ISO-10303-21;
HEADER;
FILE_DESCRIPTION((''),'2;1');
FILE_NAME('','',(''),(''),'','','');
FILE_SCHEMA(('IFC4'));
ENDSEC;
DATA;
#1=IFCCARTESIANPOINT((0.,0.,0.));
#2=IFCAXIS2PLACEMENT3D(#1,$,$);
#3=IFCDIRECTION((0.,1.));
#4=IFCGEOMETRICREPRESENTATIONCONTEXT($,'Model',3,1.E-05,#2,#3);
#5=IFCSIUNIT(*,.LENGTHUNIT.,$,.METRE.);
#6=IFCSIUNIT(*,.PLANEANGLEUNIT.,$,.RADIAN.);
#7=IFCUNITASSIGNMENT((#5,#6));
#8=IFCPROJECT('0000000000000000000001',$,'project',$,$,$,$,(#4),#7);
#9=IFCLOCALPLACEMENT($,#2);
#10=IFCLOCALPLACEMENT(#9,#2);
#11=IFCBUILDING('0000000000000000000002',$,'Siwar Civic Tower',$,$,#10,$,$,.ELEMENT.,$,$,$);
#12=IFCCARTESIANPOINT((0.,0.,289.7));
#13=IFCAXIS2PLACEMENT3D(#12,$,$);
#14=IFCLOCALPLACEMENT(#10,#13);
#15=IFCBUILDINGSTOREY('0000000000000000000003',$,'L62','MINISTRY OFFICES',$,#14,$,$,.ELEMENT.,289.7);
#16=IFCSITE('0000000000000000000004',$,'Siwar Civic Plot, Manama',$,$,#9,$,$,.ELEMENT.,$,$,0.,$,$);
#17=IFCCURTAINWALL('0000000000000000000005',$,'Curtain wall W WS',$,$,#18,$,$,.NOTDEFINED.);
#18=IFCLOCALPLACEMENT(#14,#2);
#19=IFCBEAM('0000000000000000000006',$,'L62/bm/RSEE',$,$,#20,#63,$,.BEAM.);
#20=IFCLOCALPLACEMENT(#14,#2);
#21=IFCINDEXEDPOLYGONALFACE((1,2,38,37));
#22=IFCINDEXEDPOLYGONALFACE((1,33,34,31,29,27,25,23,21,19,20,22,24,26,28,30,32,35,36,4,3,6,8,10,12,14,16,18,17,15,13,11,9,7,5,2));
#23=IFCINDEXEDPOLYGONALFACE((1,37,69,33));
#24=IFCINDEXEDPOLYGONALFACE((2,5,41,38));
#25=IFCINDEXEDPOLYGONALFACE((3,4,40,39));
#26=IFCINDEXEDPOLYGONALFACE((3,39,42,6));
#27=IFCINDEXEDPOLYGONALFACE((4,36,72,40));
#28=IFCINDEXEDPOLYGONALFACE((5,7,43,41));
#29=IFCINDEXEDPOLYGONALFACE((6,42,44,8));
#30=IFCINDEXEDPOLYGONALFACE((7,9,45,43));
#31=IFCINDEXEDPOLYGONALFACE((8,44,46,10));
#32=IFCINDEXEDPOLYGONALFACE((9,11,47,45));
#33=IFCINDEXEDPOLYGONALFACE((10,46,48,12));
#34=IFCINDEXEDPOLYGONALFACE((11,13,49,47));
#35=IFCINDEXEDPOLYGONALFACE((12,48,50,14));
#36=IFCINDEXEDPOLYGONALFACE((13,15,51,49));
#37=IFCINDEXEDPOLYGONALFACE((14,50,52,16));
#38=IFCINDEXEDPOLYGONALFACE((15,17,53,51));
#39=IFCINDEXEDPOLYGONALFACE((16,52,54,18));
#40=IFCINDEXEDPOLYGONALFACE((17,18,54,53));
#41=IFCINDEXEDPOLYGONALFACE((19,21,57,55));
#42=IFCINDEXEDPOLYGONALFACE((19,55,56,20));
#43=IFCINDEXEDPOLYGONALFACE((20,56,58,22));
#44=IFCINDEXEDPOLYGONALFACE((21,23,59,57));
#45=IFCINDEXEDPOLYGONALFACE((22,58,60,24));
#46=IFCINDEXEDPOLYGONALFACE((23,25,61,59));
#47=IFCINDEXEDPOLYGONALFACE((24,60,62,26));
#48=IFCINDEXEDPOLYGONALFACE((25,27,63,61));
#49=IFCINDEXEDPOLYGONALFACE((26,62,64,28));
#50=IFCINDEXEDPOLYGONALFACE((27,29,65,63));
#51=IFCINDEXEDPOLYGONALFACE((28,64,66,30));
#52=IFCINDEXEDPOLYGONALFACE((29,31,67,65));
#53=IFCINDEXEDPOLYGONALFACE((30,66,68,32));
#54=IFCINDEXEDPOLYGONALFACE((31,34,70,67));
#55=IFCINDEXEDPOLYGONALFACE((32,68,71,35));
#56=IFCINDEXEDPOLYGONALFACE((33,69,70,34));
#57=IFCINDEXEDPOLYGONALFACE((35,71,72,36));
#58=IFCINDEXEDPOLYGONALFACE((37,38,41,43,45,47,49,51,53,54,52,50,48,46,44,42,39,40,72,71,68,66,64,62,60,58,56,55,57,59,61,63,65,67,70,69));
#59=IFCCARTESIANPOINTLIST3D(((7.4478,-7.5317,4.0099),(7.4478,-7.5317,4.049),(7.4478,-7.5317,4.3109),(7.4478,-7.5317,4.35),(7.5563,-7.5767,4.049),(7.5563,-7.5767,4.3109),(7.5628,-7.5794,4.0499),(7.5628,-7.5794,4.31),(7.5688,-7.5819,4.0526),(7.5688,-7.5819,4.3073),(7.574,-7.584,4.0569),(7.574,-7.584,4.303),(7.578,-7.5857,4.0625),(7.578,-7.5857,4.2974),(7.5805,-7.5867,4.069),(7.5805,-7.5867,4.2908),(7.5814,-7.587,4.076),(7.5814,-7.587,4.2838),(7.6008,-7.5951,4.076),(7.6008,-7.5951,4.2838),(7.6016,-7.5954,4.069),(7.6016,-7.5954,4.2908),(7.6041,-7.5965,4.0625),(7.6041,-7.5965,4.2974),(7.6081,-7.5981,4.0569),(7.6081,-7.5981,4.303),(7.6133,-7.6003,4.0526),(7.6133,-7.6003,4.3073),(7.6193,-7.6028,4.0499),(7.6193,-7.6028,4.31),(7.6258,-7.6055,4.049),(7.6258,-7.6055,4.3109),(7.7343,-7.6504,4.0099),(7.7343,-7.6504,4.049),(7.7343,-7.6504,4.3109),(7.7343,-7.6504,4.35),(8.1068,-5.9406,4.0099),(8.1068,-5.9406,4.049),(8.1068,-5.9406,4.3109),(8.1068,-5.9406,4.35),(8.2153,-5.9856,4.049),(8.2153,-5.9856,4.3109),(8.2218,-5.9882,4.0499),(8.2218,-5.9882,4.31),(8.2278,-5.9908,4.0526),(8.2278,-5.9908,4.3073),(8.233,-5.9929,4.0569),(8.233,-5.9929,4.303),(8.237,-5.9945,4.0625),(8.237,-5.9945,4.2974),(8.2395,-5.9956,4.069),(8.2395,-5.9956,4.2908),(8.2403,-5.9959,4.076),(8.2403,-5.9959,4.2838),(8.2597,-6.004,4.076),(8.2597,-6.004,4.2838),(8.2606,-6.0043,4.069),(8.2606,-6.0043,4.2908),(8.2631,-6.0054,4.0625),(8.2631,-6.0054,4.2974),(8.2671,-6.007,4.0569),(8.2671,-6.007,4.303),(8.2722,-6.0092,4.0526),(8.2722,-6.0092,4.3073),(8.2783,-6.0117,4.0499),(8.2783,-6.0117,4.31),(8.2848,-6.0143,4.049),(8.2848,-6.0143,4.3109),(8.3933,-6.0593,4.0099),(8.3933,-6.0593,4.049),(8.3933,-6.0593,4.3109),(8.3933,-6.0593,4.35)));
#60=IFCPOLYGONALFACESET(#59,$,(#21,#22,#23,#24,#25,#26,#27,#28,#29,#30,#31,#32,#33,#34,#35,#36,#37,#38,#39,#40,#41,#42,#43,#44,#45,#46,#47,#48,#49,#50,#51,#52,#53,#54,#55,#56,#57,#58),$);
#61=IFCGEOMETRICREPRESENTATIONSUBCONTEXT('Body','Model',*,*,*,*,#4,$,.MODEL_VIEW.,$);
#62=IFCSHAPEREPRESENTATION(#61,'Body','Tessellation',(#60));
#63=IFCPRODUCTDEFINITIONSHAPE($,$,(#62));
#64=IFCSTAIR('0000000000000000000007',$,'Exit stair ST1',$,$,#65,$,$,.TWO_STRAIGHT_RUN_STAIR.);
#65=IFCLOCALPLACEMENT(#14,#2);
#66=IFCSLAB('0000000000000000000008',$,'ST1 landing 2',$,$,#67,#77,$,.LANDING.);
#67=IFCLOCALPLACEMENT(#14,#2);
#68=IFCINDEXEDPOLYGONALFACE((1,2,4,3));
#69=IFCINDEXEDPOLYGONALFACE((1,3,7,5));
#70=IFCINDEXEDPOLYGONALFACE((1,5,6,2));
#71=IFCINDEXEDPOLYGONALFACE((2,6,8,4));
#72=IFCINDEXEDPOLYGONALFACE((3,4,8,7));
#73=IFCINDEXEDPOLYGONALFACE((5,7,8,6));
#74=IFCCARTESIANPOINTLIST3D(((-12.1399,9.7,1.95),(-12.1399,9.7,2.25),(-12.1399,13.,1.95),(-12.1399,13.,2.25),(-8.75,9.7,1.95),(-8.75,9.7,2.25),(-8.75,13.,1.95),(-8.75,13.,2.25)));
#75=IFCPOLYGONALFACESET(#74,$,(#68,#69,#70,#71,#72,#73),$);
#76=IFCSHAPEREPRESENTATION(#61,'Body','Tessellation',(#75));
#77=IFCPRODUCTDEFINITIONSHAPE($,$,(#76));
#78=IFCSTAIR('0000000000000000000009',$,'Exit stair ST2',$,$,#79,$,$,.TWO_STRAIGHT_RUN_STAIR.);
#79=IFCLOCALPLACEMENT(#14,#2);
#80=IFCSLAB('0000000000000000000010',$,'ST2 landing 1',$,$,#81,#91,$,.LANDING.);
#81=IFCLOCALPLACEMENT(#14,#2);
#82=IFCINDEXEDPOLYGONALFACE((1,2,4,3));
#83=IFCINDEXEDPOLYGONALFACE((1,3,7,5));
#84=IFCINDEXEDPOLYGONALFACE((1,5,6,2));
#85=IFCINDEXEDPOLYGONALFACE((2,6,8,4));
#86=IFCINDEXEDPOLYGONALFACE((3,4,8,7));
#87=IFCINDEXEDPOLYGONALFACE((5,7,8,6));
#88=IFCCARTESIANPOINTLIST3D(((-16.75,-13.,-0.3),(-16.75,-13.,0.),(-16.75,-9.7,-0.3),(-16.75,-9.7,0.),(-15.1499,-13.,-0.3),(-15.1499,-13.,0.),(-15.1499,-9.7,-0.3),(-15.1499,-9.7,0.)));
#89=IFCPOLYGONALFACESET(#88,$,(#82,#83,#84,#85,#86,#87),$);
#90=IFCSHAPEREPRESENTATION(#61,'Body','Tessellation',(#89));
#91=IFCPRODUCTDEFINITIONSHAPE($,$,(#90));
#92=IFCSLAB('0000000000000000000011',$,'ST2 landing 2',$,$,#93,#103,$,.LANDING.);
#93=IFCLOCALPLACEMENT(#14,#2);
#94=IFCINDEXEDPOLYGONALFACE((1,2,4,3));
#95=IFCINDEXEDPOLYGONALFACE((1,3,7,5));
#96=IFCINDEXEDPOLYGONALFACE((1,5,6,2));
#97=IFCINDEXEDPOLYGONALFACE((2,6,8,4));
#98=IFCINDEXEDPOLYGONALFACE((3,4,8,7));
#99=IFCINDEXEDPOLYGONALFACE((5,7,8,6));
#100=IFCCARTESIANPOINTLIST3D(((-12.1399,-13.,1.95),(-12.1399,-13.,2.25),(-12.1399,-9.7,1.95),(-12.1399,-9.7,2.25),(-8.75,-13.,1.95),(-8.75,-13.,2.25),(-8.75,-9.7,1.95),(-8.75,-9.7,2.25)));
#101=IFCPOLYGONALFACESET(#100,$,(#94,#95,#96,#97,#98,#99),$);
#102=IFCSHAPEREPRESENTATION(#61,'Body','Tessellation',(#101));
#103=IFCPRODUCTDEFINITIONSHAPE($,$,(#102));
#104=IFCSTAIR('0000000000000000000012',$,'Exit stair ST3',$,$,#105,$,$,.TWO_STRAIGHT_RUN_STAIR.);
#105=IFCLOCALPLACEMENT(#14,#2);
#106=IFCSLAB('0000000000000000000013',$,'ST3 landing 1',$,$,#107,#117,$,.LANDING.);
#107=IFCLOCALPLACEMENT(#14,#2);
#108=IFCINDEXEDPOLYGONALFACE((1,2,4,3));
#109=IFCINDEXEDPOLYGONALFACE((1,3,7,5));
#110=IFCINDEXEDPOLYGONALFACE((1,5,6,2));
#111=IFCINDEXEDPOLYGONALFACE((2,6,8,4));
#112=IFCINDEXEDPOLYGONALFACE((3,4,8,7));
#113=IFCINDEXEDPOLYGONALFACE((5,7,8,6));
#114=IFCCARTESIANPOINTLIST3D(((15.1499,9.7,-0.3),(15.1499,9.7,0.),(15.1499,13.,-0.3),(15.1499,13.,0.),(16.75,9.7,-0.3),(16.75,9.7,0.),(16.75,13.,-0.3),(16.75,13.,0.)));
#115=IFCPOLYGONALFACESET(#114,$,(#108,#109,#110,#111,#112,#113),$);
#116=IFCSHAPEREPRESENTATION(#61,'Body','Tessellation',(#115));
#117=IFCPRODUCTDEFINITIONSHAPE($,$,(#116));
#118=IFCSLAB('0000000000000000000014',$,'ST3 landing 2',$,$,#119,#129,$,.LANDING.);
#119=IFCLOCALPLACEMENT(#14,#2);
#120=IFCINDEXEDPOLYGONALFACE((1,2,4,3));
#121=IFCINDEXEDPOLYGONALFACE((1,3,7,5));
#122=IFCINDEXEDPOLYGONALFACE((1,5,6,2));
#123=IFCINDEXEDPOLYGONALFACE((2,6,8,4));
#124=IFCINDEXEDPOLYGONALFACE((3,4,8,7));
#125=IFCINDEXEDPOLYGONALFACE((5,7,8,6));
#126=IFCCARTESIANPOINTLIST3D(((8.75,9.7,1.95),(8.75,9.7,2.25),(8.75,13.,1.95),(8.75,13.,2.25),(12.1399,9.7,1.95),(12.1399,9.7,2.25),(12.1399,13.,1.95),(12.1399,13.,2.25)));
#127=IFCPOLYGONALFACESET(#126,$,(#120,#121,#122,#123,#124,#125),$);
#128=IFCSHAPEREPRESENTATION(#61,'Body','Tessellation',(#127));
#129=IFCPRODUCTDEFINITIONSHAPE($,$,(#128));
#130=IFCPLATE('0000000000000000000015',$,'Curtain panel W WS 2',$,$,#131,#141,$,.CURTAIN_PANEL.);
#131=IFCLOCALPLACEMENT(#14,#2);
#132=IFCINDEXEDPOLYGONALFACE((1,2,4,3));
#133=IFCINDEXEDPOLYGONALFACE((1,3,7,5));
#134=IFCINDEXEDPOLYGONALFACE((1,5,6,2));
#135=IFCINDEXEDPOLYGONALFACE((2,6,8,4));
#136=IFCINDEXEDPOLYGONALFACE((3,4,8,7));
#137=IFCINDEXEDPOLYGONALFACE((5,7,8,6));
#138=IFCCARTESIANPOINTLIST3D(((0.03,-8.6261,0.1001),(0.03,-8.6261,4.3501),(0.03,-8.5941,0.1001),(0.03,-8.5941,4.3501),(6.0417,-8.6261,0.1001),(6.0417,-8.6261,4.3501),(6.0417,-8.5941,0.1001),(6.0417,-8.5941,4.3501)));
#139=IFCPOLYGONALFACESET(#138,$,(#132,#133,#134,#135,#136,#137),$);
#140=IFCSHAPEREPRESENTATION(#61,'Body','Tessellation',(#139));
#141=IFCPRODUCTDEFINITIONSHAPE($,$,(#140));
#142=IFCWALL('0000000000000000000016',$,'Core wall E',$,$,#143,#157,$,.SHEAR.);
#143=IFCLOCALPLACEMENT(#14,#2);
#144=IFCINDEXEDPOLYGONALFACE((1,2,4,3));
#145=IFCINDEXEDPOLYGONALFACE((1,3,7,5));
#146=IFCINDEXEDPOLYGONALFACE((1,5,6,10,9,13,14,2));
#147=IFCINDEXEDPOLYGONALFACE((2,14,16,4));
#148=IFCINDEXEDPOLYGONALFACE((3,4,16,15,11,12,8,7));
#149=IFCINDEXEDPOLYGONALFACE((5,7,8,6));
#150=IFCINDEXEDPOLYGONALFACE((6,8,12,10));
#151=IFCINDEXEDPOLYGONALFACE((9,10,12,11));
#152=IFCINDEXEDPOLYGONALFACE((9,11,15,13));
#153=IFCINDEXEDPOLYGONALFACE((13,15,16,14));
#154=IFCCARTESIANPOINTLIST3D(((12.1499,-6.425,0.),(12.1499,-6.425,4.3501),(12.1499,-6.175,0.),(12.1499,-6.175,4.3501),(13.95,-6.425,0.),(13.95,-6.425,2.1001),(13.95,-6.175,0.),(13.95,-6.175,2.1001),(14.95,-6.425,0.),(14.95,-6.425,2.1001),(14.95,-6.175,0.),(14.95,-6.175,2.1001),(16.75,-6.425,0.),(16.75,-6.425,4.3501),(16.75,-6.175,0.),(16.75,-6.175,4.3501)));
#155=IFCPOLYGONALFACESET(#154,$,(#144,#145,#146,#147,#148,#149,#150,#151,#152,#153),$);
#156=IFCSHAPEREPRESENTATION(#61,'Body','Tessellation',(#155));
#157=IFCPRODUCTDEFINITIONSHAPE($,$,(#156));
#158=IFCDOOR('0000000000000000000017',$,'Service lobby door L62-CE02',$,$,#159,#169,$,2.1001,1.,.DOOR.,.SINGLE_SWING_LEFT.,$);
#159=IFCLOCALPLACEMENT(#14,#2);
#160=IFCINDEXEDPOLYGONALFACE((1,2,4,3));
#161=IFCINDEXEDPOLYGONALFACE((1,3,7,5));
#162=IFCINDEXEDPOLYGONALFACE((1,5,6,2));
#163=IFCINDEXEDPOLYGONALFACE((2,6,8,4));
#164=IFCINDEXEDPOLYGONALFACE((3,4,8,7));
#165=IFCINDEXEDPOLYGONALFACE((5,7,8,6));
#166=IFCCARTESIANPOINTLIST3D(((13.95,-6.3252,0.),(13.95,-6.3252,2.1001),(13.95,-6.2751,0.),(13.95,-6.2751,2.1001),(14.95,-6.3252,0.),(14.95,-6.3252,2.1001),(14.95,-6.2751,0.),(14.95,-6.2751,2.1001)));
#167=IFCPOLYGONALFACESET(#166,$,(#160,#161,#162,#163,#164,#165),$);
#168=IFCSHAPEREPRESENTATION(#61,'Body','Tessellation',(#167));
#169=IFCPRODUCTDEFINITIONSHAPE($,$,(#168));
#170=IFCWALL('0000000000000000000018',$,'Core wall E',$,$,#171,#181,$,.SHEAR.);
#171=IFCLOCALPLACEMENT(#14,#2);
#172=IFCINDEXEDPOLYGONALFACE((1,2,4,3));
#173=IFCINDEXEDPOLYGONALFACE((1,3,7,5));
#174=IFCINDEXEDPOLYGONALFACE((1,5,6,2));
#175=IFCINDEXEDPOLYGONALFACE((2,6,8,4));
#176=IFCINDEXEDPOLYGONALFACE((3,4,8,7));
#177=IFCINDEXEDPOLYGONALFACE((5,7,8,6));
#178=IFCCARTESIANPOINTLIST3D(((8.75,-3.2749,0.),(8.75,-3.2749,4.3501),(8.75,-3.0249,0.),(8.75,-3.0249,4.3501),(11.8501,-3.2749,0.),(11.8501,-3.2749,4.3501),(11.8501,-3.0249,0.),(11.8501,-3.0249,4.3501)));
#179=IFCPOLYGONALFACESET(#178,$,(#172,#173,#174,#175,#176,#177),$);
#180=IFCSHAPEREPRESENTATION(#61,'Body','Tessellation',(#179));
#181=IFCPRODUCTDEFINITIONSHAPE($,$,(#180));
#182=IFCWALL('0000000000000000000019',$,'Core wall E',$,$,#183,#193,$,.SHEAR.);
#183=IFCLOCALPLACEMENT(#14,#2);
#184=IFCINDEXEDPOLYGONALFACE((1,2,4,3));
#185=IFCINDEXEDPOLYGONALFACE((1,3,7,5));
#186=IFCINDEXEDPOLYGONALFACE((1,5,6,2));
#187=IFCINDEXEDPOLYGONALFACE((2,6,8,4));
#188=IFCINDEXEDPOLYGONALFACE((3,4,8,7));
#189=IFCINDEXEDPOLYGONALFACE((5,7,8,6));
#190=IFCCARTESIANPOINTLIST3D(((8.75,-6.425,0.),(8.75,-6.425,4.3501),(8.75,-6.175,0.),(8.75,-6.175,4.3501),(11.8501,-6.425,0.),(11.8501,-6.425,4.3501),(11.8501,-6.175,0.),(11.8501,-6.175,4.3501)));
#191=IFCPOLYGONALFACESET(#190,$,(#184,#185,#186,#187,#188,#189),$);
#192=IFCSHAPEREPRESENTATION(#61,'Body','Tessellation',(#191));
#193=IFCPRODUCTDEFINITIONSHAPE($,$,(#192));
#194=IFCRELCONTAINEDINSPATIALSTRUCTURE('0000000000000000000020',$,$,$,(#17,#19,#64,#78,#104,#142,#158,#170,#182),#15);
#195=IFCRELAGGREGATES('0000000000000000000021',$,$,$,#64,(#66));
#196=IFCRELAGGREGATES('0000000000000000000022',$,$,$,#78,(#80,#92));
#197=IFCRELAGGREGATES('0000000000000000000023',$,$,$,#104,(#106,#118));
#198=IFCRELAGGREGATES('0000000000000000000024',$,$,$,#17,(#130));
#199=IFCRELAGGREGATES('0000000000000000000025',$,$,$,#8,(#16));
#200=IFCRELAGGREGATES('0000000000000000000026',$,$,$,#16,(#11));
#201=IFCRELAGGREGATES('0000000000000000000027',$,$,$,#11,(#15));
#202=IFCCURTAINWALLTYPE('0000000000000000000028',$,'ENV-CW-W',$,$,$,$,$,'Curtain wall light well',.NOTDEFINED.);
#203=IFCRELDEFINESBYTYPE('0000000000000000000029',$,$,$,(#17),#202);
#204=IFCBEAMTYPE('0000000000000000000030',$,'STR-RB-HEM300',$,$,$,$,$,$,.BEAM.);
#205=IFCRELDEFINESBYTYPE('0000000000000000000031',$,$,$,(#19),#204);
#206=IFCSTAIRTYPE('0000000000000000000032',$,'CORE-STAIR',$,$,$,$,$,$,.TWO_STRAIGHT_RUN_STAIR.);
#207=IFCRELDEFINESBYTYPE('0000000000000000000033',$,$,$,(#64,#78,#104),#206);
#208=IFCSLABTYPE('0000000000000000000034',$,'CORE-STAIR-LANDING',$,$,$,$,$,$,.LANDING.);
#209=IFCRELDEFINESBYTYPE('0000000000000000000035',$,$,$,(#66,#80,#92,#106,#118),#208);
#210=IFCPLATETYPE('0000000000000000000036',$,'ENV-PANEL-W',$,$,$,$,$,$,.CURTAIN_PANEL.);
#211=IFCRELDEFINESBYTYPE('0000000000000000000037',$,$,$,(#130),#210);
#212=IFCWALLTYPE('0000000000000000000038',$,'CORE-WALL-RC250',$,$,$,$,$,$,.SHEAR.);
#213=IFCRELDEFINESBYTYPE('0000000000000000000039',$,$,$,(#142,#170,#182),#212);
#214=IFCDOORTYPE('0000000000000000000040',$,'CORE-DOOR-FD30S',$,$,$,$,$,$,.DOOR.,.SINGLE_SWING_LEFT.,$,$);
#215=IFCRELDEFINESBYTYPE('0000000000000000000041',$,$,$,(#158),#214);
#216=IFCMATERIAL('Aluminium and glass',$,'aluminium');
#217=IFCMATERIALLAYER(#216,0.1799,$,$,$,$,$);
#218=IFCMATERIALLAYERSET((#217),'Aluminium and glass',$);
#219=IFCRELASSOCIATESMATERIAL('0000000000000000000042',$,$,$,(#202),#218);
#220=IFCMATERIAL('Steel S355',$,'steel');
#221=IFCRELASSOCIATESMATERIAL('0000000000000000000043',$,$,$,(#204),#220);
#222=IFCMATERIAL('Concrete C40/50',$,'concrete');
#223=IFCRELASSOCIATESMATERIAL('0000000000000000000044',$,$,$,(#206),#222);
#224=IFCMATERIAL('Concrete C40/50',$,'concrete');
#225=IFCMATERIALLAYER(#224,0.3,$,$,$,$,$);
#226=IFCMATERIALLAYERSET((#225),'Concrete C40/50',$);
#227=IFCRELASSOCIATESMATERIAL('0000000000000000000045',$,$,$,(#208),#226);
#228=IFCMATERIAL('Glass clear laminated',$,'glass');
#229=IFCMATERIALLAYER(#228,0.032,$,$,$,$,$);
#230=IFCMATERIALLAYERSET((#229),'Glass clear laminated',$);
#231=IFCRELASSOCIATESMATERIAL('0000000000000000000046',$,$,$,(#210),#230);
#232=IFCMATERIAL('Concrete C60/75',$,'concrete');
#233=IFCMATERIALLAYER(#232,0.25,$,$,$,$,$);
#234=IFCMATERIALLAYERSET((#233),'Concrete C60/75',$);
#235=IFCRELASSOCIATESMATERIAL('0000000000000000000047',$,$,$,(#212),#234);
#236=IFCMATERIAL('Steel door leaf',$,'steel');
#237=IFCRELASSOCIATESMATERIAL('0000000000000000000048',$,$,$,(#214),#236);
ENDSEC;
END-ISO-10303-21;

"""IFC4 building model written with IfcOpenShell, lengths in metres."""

from ifc_helpers import new_model, si_unit, direction, frame, frame_2d, origin, origin_2d, place, context, subcontext, project, spatial, polyline, rectangle, i_section, outline, extrude, material, layer, layer_set, material_profile, profile_set, type_object, element, fill, aggregate, save


model = new_model("IFC4")

# Units and contexts
model_context = context("Model", 3, precision=1e-05, world=origin(), true_north=direction((0.0, 1.0)))
body_context = subcontext(model_context, "Body", "Model", "MODEL_VIEW")
ifc_project = project(units=[si_unit("LENGTHUNIT", "METRE"), si_unit("PLANEANGLEUNIT", "RADIAN")], contexts=[model_context])

# Site, building, storey
site_placement = place(None, origin())
site = spatial("IfcSite", under=ifc_project, at=site_placement, Name="Siwar Civic Plot, Manama", CompositionType="ELEMENT", RefElevation=0.0)
building_placement = place(site_placement, origin())
building = spatial("IfcBuilding", under=site, at=building_placement, Name="Siwar Civic Tower", CompositionType="ELEMENT")
storey_placement = place(building_placement, frame((0.0, 0.0, 289.7)))
storey = spatial("IfcBuildingStorey", under=building, at=storey_placement, Name="L62", Description="MINISTRY OFFICES", CompositionType="ELEMENT", Elevation=289.7)

# Curtain wall
ifc_material_1 = material(Name="Aluminium and glass", Category="aluminium")
ifc_layer_1 = layer(ifc_material_1, 0.1799)
ifc_layer_set_1 = layer_set([ifc_layer_1], Name="Aluminium and glass")
curtain_wall_type = type_object("IfcCurtainWallType", Name="ENV-CW-W", ElementType="Curtain wall light well", PredefinedType="NOTDEFINED", material=ifc_layer_set_1)
curtain_wall_placement = place(storey_placement, origin())
curtain_wall = element("IfcCurtainWall", 1, at=curtain_wall_placement, inside=storey, type_object=curtain_wall_type, Name="Curtain wall W WS", PredefinedType="NOTDEFINED")

# Beam
ifc_material_2 = material(Name="Steel S355", Category="steel")
ifc_material_profile_1 = material_profile(ifc_material_2, i_section(OverallWidth=0.3101, OverallDepth=0.3401, WebThickness=0.021, FlangeThickness=0.0391, FilletRadius=0.0271, at=origin_2d()), Name="HEM300")
ifc_profile_set_1 = profile_set([ifc_material_profile_1], Name="Steel S355")
beam_type_1 = type_object("IfcBeamType", Name="STR-RB-HEM300", PredefinedType="BEAM", material=ifc_profile_set_1)
for number, where, z_axis, x_axis, name in (
    (2, (7.5911, -7.5911, 4.1799), (0.382631, 0.923901, 0.0), (-0.923901, 0.382631, 0.0), "L62/bm/RSEE"),
):
    element("IfcBeam", number, at=place(storey_placement, frame(where, z_axis=z_axis, x_axis=x_axis)), inside=storey, type_object=beam_type_1, Name=name, PredefinedType="BEAM", context=body_context, shape_type="SweptSolid", body=[
        extrude(i_section(OverallWidth=0.3101, OverallDepth=0.3401, WebThickness=0.021, FlangeThickness=0.0391, FilletRadius=0.0271, at=origin_2d()), origin(), (0.0, 0.0, 1.0), 1.7222),
    ])

# Stair, slab
ifc_material_3 = material(Name="Concrete C40/50", Category="concrete")
stair_type = type_object("IfcStairType", Name="CORE-STAIR", PredefinedType="TWO_STRAIGHT_RUN_STAIR", material=ifc_material_3)
stair_1_placement = place(storey_placement, origin())
stair_1 = element("IfcStair", 3, at=stair_1_placement, inside=storey, type_object=stair_type, Name="Exit stair ST1", PredefinedType="TWO_STRAIGHT_RUN_STAIR")
ifc_material_4 = material(Name="Concrete C40/50", Category="concrete")
ifc_layer_2 = layer(ifc_material_4, 0.3)
ifc_layer_set_2 = layer_set([ifc_layer_2], Name="Concrete C40/50")
slab_type = type_object("IfcSlabType", Name="CORE-STAIR-LANDING", PredefinedType="LANDING", material=ifc_layer_set_2)
slab_1_placement = place(storey_placement, frame((0.0, 0.0, 1.95)))
slab_1 = element("IfcSlab", 4, at=slab_1_placement, type_object=slab_type, Name="ST1 landing 2", PredefinedType="LANDING", context=body_context, shape_type="SweptSolid", body=[
    extrude(outline(polyline([(-8.75, 13.0), (-12.1399, 13.0), (-12.1399, 9.7), (-8.75, 9.7), (-8.75, 13.0)])), origin(), (0.0, 0.0, 1.0), 0.3),
])
aggregate(stair_1, [slab_1])

# Stairs, slabs
stair_2_placement = place(storey_placement, origin())
stair_2 = element("IfcStair", 5, at=stair_2_placement, inside=storey, type_object=stair_type, Name="Exit stair ST2", PredefinedType="TWO_STRAIGHT_RUN_STAIR")
slab_2_placement = place(storey_placement, frame((0.0, 0.0, -0.3)))
slab_2 = element("IfcSlab", 6, at=slab_2_placement, type_object=slab_type, Name="ST2 landing 1", PredefinedType="LANDING", context=body_context, shape_type="SweptSolid", body=[
    extrude(outline(polyline([(-15.1499, -9.7), (-16.75, -9.7), (-16.75, -13.0), (-15.1499, -13.0), (-15.1499, -9.7)])), origin(), (0.0, 0.0, 1.0), 0.3),
])
slab_3_placement = place(storey_placement, frame((0.0, 0.0, 1.95)))
slab_3 = element("IfcSlab", 7, at=slab_3_placement, type_object=slab_type, Name="ST2 landing 2", PredefinedType="LANDING", context=body_context, shape_type="SweptSolid", body=[
    extrude(outline(polyline([(-8.75, -9.7), (-12.1399, -9.7), (-12.1399, -13.0), (-8.75, -13.0), (-8.75, -9.7)])), origin(), (0.0, 0.0, 1.0), 0.3),
])
aggregate(stair_2, [slab_2, slab_3])
stair_3_placement = place(storey_placement, origin())
stair_3 = element("IfcStair", 8, at=stair_3_placement, inside=storey, type_object=stair_type, Name="Exit stair ST3", PredefinedType="TWO_STRAIGHT_RUN_STAIR")
slab_4_placement = place(storey_placement, frame((0.0, 0.0, -0.3)))
slab_4 = element("IfcSlab", 9, at=slab_4_placement, type_object=slab_type, Name="ST3 landing 1", PredefinedType="LANDING", context=body_context, shape_type="SweptSolid", body=[
    extrude(outline(polyline([(15.1499, 9.7), (16.75, 9.7), (16.75, 13.0), (15.1499, 13.0), (15.1499, 9.7)])), origin(), (0.0, 0.0, 1.0), 0.3),
])
slab_5_placement = place(storey_placement, frame((0.0, 0.0, 1.95)))
slab_5 = element("IfcSlab", 10, at=slab_5_placement, type_object=slab_type, Name="ST3 landing 2", PredefinedType="LANDING", context=body_context, shape_type="SweptSolid", body=[
    extrude(outline(polyline([(8.75, 9.7), (12.1399, 9.7), (12.1399, 13.0), (8.75, 13.0), (8.75, 9.7)])), origin(), (0.0, 0.0, 1.0), 0.3),
])
aggregate(stair_3, [slab_4, slab_5])

# Plate
ifc_material_5 = material(Name="Glass clear laminated", Category="glass")
ifc_layer_3 = layer(ifc_material_5, 0.032)
ifc_layer_set_3 = layer_set([ifc_layer_3], Name="Glass clear laminated")
plate_type = type_object("IfcPlateType", Name="ENV-PANEL-W", PredefinedType="CURTAIN_PANEL", material=ifc_layer_set_3)
plate_placement = place(storey_placement, frame((3.0359, -8.6101, 0.1001), z_axis=(0.0, 0.0, 1.0), x_axis=(1.0, 0.0, 0.0)))
plate = element("IfcPlate", 11, at=plate_placement, type_object=plate_type, Name="Curtain panel W WS 2", PredefinedType="CURTAIN_PANEL", context=body_context, shape_type="SweptSolid", body=[
    extrude(rectangle(XDim=6.0117, YDim=0.032, at=origin_2d()), origin(), (0.0, 0.0, 1.0), 4.25),
])
aggregate(curtain_wall, [plate])

# Wall, opening, door
ifc_material_6 = material(Name="Concrete C60/75", Category="concrete")
ifc_layer_4 = layer(ifc_material_6, 0.25)
ifc_layer_set_4 = layer_set([ifc_layer_4], Name="Concrete C60/75")
wall_type_1 = type_object("IfcWallType", Name="CORE-WALL-RC250", PredefinedType="SHEAR", material=ifc_layer_set_4)
wall_1_placement = place(storey_placement, frame((12.1499, -6.3, 0.0), z_axis=(0.0, 0.0, 1.0), x_axis=(1.0, 0.0, 0.0)))
wall_1 = element("IfcWall", 12, at=wall_1_placement, inside=storey, type_object=wall_type_1, Name="Core wall E", PredefinedType="SHEAR", context=body_context, shape_type="SweptSolid", body=[
    extrude(rectangle(XDim=4.6001, YDim=0.25, at=frame_2d((2.3, 0.0))), origin(), (0.0, 0.0, 1.0), 4.3501),
])
opening_1_placement = place(wall_1_placement, frame((1.8, 0.0, 0.0)))
opening_1 = element("IfcOpeningElement", 13, at=opening_1_placement, cuts=wall_1, PredefinedType="OPENING", context=body_context, shape_type="SweptSolid", body=[
    extrude(rectangle(XDim=1.0, YDim=2.1001, at=frame_2d((0.5, 1.05))), frame((0.0, 0.135, 0.0), z_axis=(0.0, -1.0, 0.0), x_axis=(1.0, 0.0, 0.0)), (0.0, 0.0, 1.0), 0.27),
])
ifc_material_7 = material(Name="Steel door leaf", Category="steel")
door_type_1 = type_object("IfcDoorType", Name="CORE-DOOR-FD30S", OperationType="SINGLE_SWING_LEFT", PredefinedType="DOOR", material=ifc_material_7)
door_1_placement = place(opening_1_placement, origin())
door_1 = element("IfcDoor", 14, at=door_1_placement, inside=storey, type_object=door_type_1, Name="Service lobby door L62-CE02", OperationType="SINGLE_SWING_LEFT", OverallHeight=2.1001, OverallWidth=1.0, PredefinedType="DOOR", context=body_context, shape_type="SweptSolid", body=[
    extrude(rectangle(XDim=1.0, YDim=2.1001, at=frame_2d((0.5, 1.05))), frame((0.0, 0.0249, 0.0), z_axis=(0.0, -1.0, 0.0), x_axis=(1.0, 0.0, 0.0)), (0.0, 0.0, 1.0), 0.05),
])
fill(opening_1, door_1)

# Walls
for number, where, z_axis, x_axis, name in (
    (15, (8.75, -3.1499, 0.0), (0.0, 0.0, 1.0), (1.0, 0.0, 0.0), "Core wall E"),
    (16, (8.75, -6.3, 0.0), (0.0, 0.0, 1.0), (1.0, 0.0, 0.0), "Core wall E"),
):
    element("IfcWall", number, at=place(storey_placement, frame(where, z_axis=z_axis, x_axis=x_axis)), inside=storey, type_object=wall_type_1, Name=name, PredefinedType="SHEAR", context=body_context, shape_type="SweptSolid", body=[
        extrude(rectangle(XDim=3.1001, YDim=0.25, at=frame_2d((1.55, 0.0))), origin(), (0.0, 0.0, 1.0), 4.3501),
    ])

save(model, "model.ifc")
